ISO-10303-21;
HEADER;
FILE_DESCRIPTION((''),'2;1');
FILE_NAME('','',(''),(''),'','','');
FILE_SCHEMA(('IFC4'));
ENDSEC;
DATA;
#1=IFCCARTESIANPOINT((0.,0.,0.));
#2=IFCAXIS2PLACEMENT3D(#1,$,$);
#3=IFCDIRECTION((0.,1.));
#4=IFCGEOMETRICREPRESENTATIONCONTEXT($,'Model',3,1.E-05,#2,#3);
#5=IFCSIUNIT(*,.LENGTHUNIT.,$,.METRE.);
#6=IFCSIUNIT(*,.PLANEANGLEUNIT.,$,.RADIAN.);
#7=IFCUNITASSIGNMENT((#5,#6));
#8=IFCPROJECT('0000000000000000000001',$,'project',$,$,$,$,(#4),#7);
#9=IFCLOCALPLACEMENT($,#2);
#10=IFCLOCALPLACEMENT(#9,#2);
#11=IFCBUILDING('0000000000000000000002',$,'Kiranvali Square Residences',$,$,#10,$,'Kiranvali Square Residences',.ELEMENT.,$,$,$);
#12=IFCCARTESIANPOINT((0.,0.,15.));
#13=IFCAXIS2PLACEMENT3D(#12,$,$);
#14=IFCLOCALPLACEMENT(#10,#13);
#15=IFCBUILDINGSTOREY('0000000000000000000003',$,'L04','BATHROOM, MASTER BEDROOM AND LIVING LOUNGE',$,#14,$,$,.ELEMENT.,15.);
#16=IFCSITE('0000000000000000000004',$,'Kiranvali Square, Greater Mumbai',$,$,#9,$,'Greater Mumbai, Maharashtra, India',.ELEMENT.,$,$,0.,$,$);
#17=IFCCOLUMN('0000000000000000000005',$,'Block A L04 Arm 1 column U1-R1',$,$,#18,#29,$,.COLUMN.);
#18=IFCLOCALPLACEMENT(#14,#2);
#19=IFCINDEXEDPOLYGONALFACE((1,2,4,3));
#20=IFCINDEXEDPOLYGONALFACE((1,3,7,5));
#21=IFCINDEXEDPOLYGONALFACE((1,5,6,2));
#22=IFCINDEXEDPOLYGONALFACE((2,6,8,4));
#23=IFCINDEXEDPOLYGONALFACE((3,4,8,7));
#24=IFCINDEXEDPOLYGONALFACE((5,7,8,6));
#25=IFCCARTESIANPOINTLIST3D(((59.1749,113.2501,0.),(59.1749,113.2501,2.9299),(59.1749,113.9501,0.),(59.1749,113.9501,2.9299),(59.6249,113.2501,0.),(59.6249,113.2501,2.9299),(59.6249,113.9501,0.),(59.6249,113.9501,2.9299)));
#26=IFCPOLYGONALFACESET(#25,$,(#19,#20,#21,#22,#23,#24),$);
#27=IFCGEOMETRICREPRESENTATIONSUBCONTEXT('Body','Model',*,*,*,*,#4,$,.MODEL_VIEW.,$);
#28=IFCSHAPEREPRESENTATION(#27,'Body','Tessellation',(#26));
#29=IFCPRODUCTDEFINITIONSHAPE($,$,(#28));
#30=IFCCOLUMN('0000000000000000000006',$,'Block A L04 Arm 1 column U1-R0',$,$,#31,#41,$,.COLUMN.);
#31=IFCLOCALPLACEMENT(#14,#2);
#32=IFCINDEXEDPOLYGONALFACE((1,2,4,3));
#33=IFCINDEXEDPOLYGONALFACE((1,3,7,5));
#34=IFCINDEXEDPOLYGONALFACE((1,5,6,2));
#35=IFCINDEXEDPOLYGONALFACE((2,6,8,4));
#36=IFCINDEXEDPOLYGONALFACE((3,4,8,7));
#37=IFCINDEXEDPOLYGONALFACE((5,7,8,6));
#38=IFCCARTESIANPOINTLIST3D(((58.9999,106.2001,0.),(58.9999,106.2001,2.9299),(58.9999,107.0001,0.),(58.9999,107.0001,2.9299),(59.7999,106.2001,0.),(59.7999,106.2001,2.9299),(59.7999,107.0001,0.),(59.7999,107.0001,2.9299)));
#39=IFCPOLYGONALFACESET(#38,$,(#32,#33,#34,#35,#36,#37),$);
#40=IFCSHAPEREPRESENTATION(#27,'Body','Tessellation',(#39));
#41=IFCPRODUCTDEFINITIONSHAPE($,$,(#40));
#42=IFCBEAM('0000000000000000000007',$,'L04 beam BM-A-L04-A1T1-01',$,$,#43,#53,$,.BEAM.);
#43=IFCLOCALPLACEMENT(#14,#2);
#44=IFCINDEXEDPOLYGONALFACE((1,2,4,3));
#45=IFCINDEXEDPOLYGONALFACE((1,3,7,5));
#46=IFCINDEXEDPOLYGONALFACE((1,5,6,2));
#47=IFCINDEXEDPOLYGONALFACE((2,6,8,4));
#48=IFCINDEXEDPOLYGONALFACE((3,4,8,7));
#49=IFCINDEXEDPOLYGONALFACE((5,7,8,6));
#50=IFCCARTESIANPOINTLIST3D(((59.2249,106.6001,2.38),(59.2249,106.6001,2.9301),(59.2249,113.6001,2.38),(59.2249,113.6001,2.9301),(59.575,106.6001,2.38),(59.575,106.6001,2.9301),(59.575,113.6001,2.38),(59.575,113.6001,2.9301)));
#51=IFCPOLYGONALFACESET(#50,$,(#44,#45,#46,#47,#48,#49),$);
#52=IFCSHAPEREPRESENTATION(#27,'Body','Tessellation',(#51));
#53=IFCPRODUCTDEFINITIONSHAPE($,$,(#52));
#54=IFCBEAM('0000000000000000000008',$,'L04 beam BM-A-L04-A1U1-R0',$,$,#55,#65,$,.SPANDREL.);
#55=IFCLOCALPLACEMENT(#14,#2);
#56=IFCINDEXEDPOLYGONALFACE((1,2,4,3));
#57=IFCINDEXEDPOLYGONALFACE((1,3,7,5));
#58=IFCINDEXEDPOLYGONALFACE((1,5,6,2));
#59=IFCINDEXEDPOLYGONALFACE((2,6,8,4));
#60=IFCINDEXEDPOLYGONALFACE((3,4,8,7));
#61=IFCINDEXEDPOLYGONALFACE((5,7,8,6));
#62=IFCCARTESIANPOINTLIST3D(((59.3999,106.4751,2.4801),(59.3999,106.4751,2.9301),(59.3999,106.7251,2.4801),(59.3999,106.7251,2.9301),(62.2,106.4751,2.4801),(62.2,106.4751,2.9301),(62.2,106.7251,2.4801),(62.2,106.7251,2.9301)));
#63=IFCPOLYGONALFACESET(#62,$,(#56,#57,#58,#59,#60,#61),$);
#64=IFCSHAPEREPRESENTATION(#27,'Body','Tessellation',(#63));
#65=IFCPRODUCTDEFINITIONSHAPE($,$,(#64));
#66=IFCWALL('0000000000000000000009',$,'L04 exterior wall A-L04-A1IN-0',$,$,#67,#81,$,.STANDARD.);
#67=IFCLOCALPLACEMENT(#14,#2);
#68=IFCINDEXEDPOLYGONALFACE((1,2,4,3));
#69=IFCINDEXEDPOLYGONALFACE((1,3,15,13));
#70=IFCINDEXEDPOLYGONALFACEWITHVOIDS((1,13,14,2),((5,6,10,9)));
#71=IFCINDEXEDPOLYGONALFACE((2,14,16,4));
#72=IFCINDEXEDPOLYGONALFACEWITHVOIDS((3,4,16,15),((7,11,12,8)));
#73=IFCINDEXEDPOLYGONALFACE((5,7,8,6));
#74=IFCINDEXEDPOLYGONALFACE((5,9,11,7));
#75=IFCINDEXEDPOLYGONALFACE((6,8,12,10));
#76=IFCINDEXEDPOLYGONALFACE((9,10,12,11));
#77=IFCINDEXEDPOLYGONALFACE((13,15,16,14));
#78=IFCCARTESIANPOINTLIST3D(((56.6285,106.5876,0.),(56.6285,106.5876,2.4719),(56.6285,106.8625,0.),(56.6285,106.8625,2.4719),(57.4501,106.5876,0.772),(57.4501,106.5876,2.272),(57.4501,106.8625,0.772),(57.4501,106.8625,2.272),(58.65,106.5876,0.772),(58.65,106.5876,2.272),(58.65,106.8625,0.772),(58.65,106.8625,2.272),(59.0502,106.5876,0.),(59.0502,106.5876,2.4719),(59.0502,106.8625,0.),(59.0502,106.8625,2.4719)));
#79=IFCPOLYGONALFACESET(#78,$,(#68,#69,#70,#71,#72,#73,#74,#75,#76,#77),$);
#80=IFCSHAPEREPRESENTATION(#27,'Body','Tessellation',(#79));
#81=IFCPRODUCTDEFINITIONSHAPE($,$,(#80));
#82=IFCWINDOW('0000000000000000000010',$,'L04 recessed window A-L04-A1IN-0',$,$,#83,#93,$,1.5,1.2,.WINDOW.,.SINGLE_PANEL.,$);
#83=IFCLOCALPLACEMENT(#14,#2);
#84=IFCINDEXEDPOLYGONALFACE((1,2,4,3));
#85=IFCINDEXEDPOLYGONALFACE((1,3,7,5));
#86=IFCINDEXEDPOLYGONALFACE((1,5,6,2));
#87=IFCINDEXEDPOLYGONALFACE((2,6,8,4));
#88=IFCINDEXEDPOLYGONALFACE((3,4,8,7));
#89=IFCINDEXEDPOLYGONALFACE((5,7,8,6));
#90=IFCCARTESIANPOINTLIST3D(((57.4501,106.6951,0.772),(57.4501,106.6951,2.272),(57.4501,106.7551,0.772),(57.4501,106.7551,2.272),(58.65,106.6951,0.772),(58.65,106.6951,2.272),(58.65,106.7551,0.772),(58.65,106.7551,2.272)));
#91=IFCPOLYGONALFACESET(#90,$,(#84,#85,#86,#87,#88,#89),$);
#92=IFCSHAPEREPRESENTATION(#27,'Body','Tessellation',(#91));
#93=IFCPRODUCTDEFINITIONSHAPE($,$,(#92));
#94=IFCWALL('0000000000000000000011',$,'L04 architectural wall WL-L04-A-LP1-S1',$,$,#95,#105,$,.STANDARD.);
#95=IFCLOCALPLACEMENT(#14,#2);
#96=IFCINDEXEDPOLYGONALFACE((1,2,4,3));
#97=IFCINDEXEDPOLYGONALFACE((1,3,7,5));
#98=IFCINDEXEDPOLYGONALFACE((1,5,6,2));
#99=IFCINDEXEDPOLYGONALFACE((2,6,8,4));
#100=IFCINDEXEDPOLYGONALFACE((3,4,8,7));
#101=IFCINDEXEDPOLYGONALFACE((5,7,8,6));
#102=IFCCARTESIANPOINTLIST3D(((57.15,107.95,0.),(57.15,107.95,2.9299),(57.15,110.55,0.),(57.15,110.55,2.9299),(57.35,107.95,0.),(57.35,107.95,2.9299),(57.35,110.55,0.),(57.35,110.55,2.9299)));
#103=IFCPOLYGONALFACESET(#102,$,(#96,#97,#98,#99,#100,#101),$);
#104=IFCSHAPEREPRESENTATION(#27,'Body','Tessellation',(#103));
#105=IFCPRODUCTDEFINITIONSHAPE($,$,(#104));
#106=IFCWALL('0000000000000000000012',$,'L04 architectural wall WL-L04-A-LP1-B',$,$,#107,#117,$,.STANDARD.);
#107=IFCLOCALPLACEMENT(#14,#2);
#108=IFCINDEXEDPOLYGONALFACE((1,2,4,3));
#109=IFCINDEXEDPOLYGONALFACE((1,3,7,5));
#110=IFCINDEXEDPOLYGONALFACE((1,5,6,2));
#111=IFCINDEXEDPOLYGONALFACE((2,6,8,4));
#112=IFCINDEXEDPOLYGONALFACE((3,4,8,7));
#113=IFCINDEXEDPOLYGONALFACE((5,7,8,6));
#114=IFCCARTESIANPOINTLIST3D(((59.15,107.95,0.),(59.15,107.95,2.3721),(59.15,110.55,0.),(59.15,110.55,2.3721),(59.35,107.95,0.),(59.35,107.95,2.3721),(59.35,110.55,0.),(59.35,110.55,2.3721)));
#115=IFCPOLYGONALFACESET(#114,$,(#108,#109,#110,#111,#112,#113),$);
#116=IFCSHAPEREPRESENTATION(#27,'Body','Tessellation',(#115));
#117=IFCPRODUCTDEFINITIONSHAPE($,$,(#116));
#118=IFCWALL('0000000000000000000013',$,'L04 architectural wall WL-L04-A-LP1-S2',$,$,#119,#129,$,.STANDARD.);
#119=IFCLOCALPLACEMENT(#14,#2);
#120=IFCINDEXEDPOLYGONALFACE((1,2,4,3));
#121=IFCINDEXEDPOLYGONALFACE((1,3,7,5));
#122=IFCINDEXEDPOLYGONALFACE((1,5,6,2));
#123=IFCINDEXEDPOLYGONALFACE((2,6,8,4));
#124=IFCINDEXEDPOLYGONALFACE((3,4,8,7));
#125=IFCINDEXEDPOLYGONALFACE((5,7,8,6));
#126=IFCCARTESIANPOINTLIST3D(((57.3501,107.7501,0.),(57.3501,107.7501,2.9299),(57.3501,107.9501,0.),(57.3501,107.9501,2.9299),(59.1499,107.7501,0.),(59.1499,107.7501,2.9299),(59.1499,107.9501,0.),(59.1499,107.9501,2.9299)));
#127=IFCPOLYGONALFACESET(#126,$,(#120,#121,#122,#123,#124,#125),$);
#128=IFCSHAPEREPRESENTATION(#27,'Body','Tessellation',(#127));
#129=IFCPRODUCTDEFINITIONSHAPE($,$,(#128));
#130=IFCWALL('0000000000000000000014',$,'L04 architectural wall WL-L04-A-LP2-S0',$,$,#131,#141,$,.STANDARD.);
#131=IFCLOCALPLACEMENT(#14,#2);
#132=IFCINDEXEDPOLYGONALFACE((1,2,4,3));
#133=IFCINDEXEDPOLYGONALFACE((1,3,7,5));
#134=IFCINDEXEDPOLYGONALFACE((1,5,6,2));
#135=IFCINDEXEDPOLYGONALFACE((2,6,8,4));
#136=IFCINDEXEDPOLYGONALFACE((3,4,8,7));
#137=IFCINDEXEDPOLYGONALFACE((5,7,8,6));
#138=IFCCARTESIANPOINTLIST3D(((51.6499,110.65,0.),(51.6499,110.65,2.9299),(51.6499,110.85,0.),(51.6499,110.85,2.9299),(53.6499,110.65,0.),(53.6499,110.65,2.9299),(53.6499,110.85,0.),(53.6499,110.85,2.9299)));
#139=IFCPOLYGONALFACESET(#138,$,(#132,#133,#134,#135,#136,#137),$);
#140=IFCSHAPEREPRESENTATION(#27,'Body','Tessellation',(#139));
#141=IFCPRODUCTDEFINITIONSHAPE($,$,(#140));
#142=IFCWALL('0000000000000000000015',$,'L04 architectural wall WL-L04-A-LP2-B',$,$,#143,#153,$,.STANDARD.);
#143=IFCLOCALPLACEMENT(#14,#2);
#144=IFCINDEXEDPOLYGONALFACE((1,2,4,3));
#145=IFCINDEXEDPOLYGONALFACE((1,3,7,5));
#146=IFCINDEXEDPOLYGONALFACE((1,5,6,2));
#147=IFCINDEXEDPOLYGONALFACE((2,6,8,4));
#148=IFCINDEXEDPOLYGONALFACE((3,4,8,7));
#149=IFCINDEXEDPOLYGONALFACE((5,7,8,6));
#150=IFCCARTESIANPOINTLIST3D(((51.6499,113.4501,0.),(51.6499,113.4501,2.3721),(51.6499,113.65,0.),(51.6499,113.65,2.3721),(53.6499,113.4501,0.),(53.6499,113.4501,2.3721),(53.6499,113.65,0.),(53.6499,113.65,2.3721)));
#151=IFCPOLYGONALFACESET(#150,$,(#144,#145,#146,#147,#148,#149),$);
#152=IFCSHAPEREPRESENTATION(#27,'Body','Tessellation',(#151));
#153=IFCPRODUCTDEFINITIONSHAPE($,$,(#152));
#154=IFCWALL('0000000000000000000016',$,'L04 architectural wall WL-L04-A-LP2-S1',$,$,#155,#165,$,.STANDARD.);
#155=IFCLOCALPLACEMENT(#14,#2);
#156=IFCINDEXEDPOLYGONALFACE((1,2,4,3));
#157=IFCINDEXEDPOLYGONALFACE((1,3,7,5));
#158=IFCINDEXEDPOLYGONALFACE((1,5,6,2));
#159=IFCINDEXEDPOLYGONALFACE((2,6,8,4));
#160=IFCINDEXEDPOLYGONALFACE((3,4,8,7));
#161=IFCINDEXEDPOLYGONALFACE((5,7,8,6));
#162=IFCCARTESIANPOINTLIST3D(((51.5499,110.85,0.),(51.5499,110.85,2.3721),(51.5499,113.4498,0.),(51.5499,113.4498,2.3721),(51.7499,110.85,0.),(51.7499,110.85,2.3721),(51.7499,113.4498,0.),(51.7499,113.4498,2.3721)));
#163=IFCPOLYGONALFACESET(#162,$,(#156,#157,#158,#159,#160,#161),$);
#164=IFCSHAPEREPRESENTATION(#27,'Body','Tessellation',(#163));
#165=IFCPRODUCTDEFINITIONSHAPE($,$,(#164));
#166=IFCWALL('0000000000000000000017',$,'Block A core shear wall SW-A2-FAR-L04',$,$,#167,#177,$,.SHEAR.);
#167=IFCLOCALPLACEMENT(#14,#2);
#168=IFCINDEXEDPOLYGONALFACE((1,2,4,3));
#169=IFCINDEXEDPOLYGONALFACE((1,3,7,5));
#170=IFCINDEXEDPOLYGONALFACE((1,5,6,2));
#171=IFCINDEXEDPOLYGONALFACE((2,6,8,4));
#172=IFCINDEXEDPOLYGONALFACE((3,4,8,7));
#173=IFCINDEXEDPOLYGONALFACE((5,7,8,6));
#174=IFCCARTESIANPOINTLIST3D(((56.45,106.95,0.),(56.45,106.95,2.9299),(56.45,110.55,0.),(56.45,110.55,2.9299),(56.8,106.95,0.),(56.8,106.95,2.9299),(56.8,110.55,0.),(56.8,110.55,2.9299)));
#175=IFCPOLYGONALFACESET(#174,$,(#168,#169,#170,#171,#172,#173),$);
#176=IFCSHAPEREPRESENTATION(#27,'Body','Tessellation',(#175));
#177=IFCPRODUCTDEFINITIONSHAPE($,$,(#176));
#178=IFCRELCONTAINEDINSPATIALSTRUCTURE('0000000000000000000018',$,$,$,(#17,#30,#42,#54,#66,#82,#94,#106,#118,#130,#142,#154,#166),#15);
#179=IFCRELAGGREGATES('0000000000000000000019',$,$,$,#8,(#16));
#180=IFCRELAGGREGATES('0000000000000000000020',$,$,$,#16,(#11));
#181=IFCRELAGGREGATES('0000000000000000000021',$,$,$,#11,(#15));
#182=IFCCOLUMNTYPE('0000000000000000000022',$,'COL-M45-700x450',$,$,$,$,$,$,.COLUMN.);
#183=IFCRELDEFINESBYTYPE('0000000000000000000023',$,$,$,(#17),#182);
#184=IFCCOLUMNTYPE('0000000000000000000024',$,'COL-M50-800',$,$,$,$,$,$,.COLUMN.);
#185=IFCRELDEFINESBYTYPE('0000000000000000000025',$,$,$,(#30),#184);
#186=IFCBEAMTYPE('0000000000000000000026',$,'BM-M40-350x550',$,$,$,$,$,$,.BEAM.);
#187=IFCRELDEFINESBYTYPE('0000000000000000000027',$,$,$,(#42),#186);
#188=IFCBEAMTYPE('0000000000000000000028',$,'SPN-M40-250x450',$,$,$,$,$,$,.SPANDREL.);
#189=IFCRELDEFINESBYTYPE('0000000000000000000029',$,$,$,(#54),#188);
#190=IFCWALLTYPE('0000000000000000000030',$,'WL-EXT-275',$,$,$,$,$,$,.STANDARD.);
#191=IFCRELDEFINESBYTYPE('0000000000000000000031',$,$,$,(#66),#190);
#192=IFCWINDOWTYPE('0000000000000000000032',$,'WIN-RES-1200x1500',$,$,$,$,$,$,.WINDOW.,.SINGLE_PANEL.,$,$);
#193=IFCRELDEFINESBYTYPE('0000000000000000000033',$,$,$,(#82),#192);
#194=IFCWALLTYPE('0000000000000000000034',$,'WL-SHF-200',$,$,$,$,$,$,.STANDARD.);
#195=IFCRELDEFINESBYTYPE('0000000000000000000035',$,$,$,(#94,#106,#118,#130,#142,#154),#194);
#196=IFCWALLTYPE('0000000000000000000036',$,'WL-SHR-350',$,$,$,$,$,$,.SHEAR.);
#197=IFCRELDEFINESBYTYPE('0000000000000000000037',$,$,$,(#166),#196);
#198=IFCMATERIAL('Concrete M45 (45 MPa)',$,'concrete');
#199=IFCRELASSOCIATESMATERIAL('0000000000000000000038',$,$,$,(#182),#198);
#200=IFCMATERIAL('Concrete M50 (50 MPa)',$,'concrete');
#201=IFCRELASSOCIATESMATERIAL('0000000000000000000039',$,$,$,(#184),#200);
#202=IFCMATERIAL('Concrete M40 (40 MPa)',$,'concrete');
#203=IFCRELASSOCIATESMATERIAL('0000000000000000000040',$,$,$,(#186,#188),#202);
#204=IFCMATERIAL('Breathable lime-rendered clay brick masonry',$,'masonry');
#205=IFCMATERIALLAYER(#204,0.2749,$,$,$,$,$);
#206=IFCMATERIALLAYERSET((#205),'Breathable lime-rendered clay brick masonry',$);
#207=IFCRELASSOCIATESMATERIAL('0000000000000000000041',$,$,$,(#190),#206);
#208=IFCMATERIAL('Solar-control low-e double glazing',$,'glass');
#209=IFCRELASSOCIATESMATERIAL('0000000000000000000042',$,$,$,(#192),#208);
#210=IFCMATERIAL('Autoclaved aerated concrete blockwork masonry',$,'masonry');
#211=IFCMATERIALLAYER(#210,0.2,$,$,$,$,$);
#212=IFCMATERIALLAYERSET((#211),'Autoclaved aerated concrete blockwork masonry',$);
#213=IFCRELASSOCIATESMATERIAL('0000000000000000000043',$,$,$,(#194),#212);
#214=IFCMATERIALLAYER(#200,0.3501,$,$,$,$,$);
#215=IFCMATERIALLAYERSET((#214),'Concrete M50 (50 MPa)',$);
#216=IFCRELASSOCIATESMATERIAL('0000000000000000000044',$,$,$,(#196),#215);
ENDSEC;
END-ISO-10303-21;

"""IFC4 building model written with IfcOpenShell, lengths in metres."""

from ifc_helpers import new_model, si_unit, direction, frame, frame_2d, origin, origin_2d, place, context, subcontext, project, spatial, rectangle, extrude, material, layer, layer_set, material_profile, profile_set, type_object, element, fill, save


model = new_model("IFC4")

# Units and contexts
model_context = context("Model", 3, precision=1e-05, world=origin(), true_north=direction((0.0, 1.0)))
body_context = subcontext(model_context, "Body", "Model", "MODEL_VIEW")
ifc_project = project(units=[si_unit("LENGTHUNIT", "METRE"), si_unit("PLANEANGLEUNIT", "RADIAN")], contexts=[model_context])

# Site, building, storey
site_placement = place(None, origin())
site = spatial("IfcSite", under=ifc_project, at=site_placement, Name="Kiranvali Square, Greater Mumbai", LongName="Greater Mumbai, Maharashtra, India", CompositionType="ELEMENT", RefElevation=0.0)
building_placement = place(site_placement, origin())
building = spatial("IfcBuilding", under=site, at=building_placement, Name="Kiranvali Square Residences", LongName="Kiranvali Square Residences", CompositionType="ELEMENT")
storey_placement = place(building_placement, frame((0.0, 0.0, 15.0)))
storey = spatial("IfcBuildingStorey", under=building, at=storey_placement, Name="L04", Description="BATHROOM, MASTER BEDROOM AND LIVING LOUNGE", CompositionType="ELEMENT", Elevation=15.0)

# Columns
ifc_material_1 = material(Name="Concrete M45 (45 MPa)", Category="concrete")
ifc_material_profile_1 = material_profile(ifc_material_1, rectangle(XDim=0.45, YDim=0.7, at=origin_2d()), Name="RC 700x450")
ifc_profile_set_1 = profile_set([ifc_material_profile_1], Name="Concrete M45 (45 MPa)")
column_type_1 = type_object("IfcColumnType", Name="COL-M45-700x450", PredefinedType="COLUMN", material=ifc_profile_set_1)
column_1_placement = place(storey_placement, frame((59.3999, 113.6001, 0.0), z_axis=(0.0, 0.0, 1.0), x_axis=(1.0, 0.0, 0.0)))
element("IfcColumn", 1, at=column_1_placement, inside=storey, type_object=column_type_1, Name="Block A L04 Arm 1 column U1-R1", PredefinedType="COLUMN", context=body_context, shape_type="SweptSolid", body=[
    extrude(rectangle(XDim=0.45, YDim=0.7, at=origin_2d()), origin(), (0.0, 0.0, 1.0), 2.9299),
])
ifc_material_2 = material(Name="Concrete M50 (50 MPa)", Category="concrete")
ifc_material_profile_2 = material_profile(ifc_material_2, rectangle(XDim=0.8, YDim=0.8, at=origin_2d()), Name="RC 800x800")
ifc_profile_set_2 = profile_set([ifc_material_profile_2], Name="Concrete M50 (50 MPa)")
column_type_2 = type_object("IfcColumnType", Name="COL-M50-800", PredefinedType="COLUMN", material=ifc_profile_set_2)
column_2_placement = place(storey_placement, frame((59.3999, 106.6001, 0.0), z_axis=(0.0, 0.0, 1.0), x_axis=(1.0, 0.0, 0.0)))
element("IfcColumn", 2, at=column_2_placement, inside=storey, type_object=column_type_2, Name="Block A L04 Arm 1 column U1-R0", PredefinedType="COLUMN", context=body_context, shape_type="SweptSolid", body=[
    extrude(rectangle(XDim=0.8, YDim=0.8, at=origin_2d()), origin(), (0.0, 0.0, 1.0), 2.9299),
])

# Beams
ifc_material_3 = material(Name="Concrete M40 (40 MPa)", Category="concrete")
ifc_material_profile_3 = material_profile(ifc_material_3, rectangle(XDim=0.3501, YDim=0.55, at=origin_2d()), Name="RC 350x550")
ifc_profile_set_3 = profile_set([ifc_material_profile_3], Name="Concrete M40 (40 MPa)")
beam_type_1 = type_object("IfcBeamType", Name="BM-M40-350x550", PredefinedType="BEAM", material=ifc_profile_set_3)
beam_1_placement = place(storey_placement, frame((59.3999, 106.6001, 2.655), z_axis=(0.0, 1.0, 0.0), x_axis=(-1.0, 0.0, 0.0)))
element("IfcBeam", 3, at=beam_1_placement, inside=storey, type_object=beam_type_1, Name="L04 beam BM-A-L04-A1T1-01", PredefinedType="BEAM", context=body_context, shape_type="SweptSolid", body=[
    extrude(rectangle(XDim=0.3501, YDim=0.55, at=origin_2d()), origin(), (0.0, 0.0, 1.0), 7.0),
])
ifc_material_profile_4 = material_profile(ifc_material_3, rectangle(XDim=0.25, YDim=0.45, at=origin_2d()), Name="RC 250x450")
ifc_profile_set_4 = profile_set([ifc_material_profile_4], Name="Concrete M40 (40 MPa)")
beam_type_2 = type_object("IfcBeamType", Name="SPN-M40-250x450", PredefinedType="SPANDREL", material=ifc_profile_set_4)
beam_2_placement = place(storey_placement, frame((59.3999, 106.6001, 2.7051), z_axis=(1.0, 0.0, 0.0), x_axis=(0.0, 1.0, 0.0)))
element("IfcBeam", 4, at=beam_2_placement, inside=storey, type_object=beam_type_2, Name="L04 beam BM-A-L04-A1U1-R0", PredefinedType="SPANDREL", context=body_context, shape_type="SweptSolid", body=[
    extrude(rectangle(XDim=0.25, YDim=0.45, at=origin_2d()), origin(), (0.0, 0.0, 1.0), 2.8),
])

# Shared definitions
ifc_material_4 = material(Name="Autoclaved aerated concrete blockwork masonry", Category="masonry")

# Wall, opening, window
ifc_material_5 = material(Name="Breathable lime-rendered clay brick masonry", Category="masonry")
ifc_layer_1 = layer(ifc_material_5, 0.2749)
ifc_layer_set_1 = layer_set([ifc_layer_1], Name="Breathable lime-rendered clay brick masonry")
wall_type_1 = type_object("IfcWallType", Name="WL-EXT-275", PredefinedType="STANDARD", material=ifc_layer_set_1)
wall_1_placement = place(storey_placement, frame((56.6284, 106.7251, 0.0), z_axis=(0.0, 0.0, 1.0), x_axis=(1.0, 0.0, 0.0)))
wall_1 = element("IfcWall", 5, at=wall_1_placement, inside=storey, type_object=wall_type_1, Name="L04 exterior wall A-L04-A1IN-0", PredefinedType="STANDARD", context=body_context, shape_type="SweptSolid", body=[
    extrude(rectangle(XDim=2.4216, YDim=0.2749, at=frame_2d((1.2109, 0.0))), origin(), (0.0, 0.0, 1.0), 2.4719),
])
opening_1_placement = place(wall_1_placement, frame((0.8215, 0.0, 0.772)))
opening_1 = element("IfcOpeningElement", 6, at=opening_1_placement, cuts=wall_1, PredefinedType="OPENING", context=body_context, shape_type="SweptSolid", body=[
    extrude(rectangle(XDim=1.2, YDim=1.5, at=frame_2d((0.6001, 0.75))), frame((0.0, 0.1475, 0.0), z_axis=(0.0, -1.0, 0.0), x_axis=(1.0, 0.0, 0.0)), (0.0, 0.0, 1.0), 0.2949),
])
ifc_material_6 = material(Name="Solar-control low-e double glazing", Category="glass")
window_type = type_object("IfcWindowType", Name="WIN-RES-1200x1500", PartitioningType="SINGLE_PANEL", PredefinedType="WINDOW", material=ifc_material_6)
window_placement = place(opening_1_placement, origin())
window = element("IfcWindow", 7, at=window_placement, inside=storey, type_object=window_type, Name="L04 recessed window A-L04-A1IN-0", OverallHeight=1.5, OverallWidth=1.2, PartitioningType="SINGLE_PANEL", PredefinedType="WINDOW", context=body_context, shape_type="SweptSolid", body=[
    extrude(rectangle(XDim=1.2, YDim=1.5, at=frame_2d((0.6001, 0.75))), frame((0.0, 0.03, 0.0), z_axis=(0.0, -1.0, 0.0), x_axis=(1.0, 0.0, 0.0)), (0.0, 0.0, 1.0), 0.0601),
])
fill(opening_1, window)

# Walls
ifc_layer_2 = layer(ifc_material_4, 0.2)
ifc_layer_set_2 = layer_set([ifc_layer_2], Name="Autoclaved aerated concrete blockwork masonry")
wall_type_2 = type_object("IfcWallType", Name="WL-SHF-200", PredefinedType="STANDARD", material=ifc_layer_set_2)
wall_2_placement = place(storey_placement, frame((57.25, 107.95, 0.0), z_axis=(0.0, 0.0, 1.0), x_axis=(0.0, 1.0, 0.0)))
element("IfcWall", 8, at=wall_2_placement, inside=storey, type_object=wall_type_2, Name="L04 architectural wall WL-L04-A-LP1-S1", PredefinedType="STANDARD", context=body_context, shape_type="SweptSolid", body=[
    extrude(rectangle(XDim=2.6001, YDim=0.2, at=frame_2d((1.3, 0.0))), origin(), (0.0, 0.0, 1.0), 2.9299),
])
wall_3_placement = place(storey_placement, frame((59.25, 107.95, 0.0), z_axis=(0.0, 0.0, 1.0), x_axis=(0.0, 1.0, 0.0)))
element("IfcWall", 9, at=wall_3_placement, inside=storey, type_object=wall_type_2, Name="L04 architectural wall WL-L04-A-LP1-B", PredefinedType="STANDARD", context=body_context, shape_type="SweptSolid", body=[
    extrude(rectangle(XDim=2.6001, YDim=0.2, at=frame_2d((1.3, 0.0))), origin(), (0.0, 0.0, 1.0), 2.3721),
])
wall_4_placement = place(storey_placement, frame((57.3501, 107.8501, 0.0), z_axis=(0.0, 0.0, 1.0), x_axis=(1.0, 0.0, 0.0)))
element("IfcWall", 10, at=wall_4_placement, inside=storey, type_object=wall_type_2, Name="L04 architectural wall WL-L04-A-LP1-S2", PredefinedType="STANDARD", context=body_context, shape_type="SweptSolid", body=[
    extrude(rectangle(XDim=1.7998, YDim=0.2, at=frame_2d((0.8999, 0.0))), origin(), (0.0, 0.0, 1.0), 2.9299),
])

# Walls
wall_5_placement = place(storey_placement, frame((51.6499, 110.75, 0.0), z_axis=(0.0, 0.0, 1.0), x_axis=(1.0, 0.0, 0.0)))
element("IfcWall", 11, at=wall_5_placement, inside=storey, type_object=wall_type_2, Name="L04 architectural wall WL-L04-A-LP2-S0", PredefinedType="STANDARD", context=body_context, shape_type="SweptSolid", body=[
    extrude(rectangle(XDim=2.0, YDim=0.2, at=frame_2d((1.0, 0.0))), origin(), (0.0, 0.0, 1.0), 2.9299),
])
wall_6_placement = place(storey_placement, frame((51.6499, 113.55, 0.0), z_axis=(0.0, 0.0, 1.0), x_axis=(1.0, 0.0, 0.0)))
element("IfcWall", 12, at=wall_6_placement, inside=storey, type_object=wall_type_2, Name="L04 architectural wall WL-L04-A-LP2-B", PredefinedType="STANDARD", context=body_context, shape_type="SweptSolid", body=[
    extrude(rectangle(XDim=2.0, YDim=0.2, at=frame_2d((1.0, 0.0))), origin(), (0.0, 0.0, 1.0), 2.3721),
])
wall_7_placement = place(storey_placement, frame((51.6499, 110.8501, 0.0), z_axis=(0.0, 0.0, 1.0), x_axis=(0.0, 1.0, 0.0)))
element("IfcWall", 13, at=wall_7_placement, inside=storey, type_object=wall_type_2, Name="L04 architectural wall WL-L04-A-LP2-S1", PredefinedType="STANDARD", context=body_context, shape_type="SweptSolid", body=[
    extrude(rectangle(XDim=2.5999, YDim=0.2, at=frame_2d((1.2998, 0.0))), origin(), (0.0, 0.0, 1.0), 2.3721),
])

# Wall
ifc_layer_3 = layer(ifc_material_2, 0.3501)
ifc_layer_set_3 = layer_set([ifc_layer_3], Name="Concrete M50 (50 MPa)")
wall_type_3 = type_object("IfcWallType", Name="WL-SHR-350", PredefinedType="SHEAR", material=ifc_layer_set_3)
wall_8_placement = place(storey_placement, frame((56.625, 106.95, 0.0), z_axis=(0.0, 0.0, 1.0), x_axis=(0.0, 1.0, 0.0)))
element("IfcWall", 14, at=wall_8_placement, inside=storey, type_object=wall_type_3, Name="Block A core shear wall SW-A2-FAR-L04", PredefinedType="SHEAR", context=body_context, shape_type="SweptSolid", body=[
    extrude(rectangle(XDim=3.6001, YDim=0.3501, at=frame_2d((1.8, 0.0))), origin(), (0.0, 0.0, 1.0), 2.9299),
])

save(model, "model.ifc")
